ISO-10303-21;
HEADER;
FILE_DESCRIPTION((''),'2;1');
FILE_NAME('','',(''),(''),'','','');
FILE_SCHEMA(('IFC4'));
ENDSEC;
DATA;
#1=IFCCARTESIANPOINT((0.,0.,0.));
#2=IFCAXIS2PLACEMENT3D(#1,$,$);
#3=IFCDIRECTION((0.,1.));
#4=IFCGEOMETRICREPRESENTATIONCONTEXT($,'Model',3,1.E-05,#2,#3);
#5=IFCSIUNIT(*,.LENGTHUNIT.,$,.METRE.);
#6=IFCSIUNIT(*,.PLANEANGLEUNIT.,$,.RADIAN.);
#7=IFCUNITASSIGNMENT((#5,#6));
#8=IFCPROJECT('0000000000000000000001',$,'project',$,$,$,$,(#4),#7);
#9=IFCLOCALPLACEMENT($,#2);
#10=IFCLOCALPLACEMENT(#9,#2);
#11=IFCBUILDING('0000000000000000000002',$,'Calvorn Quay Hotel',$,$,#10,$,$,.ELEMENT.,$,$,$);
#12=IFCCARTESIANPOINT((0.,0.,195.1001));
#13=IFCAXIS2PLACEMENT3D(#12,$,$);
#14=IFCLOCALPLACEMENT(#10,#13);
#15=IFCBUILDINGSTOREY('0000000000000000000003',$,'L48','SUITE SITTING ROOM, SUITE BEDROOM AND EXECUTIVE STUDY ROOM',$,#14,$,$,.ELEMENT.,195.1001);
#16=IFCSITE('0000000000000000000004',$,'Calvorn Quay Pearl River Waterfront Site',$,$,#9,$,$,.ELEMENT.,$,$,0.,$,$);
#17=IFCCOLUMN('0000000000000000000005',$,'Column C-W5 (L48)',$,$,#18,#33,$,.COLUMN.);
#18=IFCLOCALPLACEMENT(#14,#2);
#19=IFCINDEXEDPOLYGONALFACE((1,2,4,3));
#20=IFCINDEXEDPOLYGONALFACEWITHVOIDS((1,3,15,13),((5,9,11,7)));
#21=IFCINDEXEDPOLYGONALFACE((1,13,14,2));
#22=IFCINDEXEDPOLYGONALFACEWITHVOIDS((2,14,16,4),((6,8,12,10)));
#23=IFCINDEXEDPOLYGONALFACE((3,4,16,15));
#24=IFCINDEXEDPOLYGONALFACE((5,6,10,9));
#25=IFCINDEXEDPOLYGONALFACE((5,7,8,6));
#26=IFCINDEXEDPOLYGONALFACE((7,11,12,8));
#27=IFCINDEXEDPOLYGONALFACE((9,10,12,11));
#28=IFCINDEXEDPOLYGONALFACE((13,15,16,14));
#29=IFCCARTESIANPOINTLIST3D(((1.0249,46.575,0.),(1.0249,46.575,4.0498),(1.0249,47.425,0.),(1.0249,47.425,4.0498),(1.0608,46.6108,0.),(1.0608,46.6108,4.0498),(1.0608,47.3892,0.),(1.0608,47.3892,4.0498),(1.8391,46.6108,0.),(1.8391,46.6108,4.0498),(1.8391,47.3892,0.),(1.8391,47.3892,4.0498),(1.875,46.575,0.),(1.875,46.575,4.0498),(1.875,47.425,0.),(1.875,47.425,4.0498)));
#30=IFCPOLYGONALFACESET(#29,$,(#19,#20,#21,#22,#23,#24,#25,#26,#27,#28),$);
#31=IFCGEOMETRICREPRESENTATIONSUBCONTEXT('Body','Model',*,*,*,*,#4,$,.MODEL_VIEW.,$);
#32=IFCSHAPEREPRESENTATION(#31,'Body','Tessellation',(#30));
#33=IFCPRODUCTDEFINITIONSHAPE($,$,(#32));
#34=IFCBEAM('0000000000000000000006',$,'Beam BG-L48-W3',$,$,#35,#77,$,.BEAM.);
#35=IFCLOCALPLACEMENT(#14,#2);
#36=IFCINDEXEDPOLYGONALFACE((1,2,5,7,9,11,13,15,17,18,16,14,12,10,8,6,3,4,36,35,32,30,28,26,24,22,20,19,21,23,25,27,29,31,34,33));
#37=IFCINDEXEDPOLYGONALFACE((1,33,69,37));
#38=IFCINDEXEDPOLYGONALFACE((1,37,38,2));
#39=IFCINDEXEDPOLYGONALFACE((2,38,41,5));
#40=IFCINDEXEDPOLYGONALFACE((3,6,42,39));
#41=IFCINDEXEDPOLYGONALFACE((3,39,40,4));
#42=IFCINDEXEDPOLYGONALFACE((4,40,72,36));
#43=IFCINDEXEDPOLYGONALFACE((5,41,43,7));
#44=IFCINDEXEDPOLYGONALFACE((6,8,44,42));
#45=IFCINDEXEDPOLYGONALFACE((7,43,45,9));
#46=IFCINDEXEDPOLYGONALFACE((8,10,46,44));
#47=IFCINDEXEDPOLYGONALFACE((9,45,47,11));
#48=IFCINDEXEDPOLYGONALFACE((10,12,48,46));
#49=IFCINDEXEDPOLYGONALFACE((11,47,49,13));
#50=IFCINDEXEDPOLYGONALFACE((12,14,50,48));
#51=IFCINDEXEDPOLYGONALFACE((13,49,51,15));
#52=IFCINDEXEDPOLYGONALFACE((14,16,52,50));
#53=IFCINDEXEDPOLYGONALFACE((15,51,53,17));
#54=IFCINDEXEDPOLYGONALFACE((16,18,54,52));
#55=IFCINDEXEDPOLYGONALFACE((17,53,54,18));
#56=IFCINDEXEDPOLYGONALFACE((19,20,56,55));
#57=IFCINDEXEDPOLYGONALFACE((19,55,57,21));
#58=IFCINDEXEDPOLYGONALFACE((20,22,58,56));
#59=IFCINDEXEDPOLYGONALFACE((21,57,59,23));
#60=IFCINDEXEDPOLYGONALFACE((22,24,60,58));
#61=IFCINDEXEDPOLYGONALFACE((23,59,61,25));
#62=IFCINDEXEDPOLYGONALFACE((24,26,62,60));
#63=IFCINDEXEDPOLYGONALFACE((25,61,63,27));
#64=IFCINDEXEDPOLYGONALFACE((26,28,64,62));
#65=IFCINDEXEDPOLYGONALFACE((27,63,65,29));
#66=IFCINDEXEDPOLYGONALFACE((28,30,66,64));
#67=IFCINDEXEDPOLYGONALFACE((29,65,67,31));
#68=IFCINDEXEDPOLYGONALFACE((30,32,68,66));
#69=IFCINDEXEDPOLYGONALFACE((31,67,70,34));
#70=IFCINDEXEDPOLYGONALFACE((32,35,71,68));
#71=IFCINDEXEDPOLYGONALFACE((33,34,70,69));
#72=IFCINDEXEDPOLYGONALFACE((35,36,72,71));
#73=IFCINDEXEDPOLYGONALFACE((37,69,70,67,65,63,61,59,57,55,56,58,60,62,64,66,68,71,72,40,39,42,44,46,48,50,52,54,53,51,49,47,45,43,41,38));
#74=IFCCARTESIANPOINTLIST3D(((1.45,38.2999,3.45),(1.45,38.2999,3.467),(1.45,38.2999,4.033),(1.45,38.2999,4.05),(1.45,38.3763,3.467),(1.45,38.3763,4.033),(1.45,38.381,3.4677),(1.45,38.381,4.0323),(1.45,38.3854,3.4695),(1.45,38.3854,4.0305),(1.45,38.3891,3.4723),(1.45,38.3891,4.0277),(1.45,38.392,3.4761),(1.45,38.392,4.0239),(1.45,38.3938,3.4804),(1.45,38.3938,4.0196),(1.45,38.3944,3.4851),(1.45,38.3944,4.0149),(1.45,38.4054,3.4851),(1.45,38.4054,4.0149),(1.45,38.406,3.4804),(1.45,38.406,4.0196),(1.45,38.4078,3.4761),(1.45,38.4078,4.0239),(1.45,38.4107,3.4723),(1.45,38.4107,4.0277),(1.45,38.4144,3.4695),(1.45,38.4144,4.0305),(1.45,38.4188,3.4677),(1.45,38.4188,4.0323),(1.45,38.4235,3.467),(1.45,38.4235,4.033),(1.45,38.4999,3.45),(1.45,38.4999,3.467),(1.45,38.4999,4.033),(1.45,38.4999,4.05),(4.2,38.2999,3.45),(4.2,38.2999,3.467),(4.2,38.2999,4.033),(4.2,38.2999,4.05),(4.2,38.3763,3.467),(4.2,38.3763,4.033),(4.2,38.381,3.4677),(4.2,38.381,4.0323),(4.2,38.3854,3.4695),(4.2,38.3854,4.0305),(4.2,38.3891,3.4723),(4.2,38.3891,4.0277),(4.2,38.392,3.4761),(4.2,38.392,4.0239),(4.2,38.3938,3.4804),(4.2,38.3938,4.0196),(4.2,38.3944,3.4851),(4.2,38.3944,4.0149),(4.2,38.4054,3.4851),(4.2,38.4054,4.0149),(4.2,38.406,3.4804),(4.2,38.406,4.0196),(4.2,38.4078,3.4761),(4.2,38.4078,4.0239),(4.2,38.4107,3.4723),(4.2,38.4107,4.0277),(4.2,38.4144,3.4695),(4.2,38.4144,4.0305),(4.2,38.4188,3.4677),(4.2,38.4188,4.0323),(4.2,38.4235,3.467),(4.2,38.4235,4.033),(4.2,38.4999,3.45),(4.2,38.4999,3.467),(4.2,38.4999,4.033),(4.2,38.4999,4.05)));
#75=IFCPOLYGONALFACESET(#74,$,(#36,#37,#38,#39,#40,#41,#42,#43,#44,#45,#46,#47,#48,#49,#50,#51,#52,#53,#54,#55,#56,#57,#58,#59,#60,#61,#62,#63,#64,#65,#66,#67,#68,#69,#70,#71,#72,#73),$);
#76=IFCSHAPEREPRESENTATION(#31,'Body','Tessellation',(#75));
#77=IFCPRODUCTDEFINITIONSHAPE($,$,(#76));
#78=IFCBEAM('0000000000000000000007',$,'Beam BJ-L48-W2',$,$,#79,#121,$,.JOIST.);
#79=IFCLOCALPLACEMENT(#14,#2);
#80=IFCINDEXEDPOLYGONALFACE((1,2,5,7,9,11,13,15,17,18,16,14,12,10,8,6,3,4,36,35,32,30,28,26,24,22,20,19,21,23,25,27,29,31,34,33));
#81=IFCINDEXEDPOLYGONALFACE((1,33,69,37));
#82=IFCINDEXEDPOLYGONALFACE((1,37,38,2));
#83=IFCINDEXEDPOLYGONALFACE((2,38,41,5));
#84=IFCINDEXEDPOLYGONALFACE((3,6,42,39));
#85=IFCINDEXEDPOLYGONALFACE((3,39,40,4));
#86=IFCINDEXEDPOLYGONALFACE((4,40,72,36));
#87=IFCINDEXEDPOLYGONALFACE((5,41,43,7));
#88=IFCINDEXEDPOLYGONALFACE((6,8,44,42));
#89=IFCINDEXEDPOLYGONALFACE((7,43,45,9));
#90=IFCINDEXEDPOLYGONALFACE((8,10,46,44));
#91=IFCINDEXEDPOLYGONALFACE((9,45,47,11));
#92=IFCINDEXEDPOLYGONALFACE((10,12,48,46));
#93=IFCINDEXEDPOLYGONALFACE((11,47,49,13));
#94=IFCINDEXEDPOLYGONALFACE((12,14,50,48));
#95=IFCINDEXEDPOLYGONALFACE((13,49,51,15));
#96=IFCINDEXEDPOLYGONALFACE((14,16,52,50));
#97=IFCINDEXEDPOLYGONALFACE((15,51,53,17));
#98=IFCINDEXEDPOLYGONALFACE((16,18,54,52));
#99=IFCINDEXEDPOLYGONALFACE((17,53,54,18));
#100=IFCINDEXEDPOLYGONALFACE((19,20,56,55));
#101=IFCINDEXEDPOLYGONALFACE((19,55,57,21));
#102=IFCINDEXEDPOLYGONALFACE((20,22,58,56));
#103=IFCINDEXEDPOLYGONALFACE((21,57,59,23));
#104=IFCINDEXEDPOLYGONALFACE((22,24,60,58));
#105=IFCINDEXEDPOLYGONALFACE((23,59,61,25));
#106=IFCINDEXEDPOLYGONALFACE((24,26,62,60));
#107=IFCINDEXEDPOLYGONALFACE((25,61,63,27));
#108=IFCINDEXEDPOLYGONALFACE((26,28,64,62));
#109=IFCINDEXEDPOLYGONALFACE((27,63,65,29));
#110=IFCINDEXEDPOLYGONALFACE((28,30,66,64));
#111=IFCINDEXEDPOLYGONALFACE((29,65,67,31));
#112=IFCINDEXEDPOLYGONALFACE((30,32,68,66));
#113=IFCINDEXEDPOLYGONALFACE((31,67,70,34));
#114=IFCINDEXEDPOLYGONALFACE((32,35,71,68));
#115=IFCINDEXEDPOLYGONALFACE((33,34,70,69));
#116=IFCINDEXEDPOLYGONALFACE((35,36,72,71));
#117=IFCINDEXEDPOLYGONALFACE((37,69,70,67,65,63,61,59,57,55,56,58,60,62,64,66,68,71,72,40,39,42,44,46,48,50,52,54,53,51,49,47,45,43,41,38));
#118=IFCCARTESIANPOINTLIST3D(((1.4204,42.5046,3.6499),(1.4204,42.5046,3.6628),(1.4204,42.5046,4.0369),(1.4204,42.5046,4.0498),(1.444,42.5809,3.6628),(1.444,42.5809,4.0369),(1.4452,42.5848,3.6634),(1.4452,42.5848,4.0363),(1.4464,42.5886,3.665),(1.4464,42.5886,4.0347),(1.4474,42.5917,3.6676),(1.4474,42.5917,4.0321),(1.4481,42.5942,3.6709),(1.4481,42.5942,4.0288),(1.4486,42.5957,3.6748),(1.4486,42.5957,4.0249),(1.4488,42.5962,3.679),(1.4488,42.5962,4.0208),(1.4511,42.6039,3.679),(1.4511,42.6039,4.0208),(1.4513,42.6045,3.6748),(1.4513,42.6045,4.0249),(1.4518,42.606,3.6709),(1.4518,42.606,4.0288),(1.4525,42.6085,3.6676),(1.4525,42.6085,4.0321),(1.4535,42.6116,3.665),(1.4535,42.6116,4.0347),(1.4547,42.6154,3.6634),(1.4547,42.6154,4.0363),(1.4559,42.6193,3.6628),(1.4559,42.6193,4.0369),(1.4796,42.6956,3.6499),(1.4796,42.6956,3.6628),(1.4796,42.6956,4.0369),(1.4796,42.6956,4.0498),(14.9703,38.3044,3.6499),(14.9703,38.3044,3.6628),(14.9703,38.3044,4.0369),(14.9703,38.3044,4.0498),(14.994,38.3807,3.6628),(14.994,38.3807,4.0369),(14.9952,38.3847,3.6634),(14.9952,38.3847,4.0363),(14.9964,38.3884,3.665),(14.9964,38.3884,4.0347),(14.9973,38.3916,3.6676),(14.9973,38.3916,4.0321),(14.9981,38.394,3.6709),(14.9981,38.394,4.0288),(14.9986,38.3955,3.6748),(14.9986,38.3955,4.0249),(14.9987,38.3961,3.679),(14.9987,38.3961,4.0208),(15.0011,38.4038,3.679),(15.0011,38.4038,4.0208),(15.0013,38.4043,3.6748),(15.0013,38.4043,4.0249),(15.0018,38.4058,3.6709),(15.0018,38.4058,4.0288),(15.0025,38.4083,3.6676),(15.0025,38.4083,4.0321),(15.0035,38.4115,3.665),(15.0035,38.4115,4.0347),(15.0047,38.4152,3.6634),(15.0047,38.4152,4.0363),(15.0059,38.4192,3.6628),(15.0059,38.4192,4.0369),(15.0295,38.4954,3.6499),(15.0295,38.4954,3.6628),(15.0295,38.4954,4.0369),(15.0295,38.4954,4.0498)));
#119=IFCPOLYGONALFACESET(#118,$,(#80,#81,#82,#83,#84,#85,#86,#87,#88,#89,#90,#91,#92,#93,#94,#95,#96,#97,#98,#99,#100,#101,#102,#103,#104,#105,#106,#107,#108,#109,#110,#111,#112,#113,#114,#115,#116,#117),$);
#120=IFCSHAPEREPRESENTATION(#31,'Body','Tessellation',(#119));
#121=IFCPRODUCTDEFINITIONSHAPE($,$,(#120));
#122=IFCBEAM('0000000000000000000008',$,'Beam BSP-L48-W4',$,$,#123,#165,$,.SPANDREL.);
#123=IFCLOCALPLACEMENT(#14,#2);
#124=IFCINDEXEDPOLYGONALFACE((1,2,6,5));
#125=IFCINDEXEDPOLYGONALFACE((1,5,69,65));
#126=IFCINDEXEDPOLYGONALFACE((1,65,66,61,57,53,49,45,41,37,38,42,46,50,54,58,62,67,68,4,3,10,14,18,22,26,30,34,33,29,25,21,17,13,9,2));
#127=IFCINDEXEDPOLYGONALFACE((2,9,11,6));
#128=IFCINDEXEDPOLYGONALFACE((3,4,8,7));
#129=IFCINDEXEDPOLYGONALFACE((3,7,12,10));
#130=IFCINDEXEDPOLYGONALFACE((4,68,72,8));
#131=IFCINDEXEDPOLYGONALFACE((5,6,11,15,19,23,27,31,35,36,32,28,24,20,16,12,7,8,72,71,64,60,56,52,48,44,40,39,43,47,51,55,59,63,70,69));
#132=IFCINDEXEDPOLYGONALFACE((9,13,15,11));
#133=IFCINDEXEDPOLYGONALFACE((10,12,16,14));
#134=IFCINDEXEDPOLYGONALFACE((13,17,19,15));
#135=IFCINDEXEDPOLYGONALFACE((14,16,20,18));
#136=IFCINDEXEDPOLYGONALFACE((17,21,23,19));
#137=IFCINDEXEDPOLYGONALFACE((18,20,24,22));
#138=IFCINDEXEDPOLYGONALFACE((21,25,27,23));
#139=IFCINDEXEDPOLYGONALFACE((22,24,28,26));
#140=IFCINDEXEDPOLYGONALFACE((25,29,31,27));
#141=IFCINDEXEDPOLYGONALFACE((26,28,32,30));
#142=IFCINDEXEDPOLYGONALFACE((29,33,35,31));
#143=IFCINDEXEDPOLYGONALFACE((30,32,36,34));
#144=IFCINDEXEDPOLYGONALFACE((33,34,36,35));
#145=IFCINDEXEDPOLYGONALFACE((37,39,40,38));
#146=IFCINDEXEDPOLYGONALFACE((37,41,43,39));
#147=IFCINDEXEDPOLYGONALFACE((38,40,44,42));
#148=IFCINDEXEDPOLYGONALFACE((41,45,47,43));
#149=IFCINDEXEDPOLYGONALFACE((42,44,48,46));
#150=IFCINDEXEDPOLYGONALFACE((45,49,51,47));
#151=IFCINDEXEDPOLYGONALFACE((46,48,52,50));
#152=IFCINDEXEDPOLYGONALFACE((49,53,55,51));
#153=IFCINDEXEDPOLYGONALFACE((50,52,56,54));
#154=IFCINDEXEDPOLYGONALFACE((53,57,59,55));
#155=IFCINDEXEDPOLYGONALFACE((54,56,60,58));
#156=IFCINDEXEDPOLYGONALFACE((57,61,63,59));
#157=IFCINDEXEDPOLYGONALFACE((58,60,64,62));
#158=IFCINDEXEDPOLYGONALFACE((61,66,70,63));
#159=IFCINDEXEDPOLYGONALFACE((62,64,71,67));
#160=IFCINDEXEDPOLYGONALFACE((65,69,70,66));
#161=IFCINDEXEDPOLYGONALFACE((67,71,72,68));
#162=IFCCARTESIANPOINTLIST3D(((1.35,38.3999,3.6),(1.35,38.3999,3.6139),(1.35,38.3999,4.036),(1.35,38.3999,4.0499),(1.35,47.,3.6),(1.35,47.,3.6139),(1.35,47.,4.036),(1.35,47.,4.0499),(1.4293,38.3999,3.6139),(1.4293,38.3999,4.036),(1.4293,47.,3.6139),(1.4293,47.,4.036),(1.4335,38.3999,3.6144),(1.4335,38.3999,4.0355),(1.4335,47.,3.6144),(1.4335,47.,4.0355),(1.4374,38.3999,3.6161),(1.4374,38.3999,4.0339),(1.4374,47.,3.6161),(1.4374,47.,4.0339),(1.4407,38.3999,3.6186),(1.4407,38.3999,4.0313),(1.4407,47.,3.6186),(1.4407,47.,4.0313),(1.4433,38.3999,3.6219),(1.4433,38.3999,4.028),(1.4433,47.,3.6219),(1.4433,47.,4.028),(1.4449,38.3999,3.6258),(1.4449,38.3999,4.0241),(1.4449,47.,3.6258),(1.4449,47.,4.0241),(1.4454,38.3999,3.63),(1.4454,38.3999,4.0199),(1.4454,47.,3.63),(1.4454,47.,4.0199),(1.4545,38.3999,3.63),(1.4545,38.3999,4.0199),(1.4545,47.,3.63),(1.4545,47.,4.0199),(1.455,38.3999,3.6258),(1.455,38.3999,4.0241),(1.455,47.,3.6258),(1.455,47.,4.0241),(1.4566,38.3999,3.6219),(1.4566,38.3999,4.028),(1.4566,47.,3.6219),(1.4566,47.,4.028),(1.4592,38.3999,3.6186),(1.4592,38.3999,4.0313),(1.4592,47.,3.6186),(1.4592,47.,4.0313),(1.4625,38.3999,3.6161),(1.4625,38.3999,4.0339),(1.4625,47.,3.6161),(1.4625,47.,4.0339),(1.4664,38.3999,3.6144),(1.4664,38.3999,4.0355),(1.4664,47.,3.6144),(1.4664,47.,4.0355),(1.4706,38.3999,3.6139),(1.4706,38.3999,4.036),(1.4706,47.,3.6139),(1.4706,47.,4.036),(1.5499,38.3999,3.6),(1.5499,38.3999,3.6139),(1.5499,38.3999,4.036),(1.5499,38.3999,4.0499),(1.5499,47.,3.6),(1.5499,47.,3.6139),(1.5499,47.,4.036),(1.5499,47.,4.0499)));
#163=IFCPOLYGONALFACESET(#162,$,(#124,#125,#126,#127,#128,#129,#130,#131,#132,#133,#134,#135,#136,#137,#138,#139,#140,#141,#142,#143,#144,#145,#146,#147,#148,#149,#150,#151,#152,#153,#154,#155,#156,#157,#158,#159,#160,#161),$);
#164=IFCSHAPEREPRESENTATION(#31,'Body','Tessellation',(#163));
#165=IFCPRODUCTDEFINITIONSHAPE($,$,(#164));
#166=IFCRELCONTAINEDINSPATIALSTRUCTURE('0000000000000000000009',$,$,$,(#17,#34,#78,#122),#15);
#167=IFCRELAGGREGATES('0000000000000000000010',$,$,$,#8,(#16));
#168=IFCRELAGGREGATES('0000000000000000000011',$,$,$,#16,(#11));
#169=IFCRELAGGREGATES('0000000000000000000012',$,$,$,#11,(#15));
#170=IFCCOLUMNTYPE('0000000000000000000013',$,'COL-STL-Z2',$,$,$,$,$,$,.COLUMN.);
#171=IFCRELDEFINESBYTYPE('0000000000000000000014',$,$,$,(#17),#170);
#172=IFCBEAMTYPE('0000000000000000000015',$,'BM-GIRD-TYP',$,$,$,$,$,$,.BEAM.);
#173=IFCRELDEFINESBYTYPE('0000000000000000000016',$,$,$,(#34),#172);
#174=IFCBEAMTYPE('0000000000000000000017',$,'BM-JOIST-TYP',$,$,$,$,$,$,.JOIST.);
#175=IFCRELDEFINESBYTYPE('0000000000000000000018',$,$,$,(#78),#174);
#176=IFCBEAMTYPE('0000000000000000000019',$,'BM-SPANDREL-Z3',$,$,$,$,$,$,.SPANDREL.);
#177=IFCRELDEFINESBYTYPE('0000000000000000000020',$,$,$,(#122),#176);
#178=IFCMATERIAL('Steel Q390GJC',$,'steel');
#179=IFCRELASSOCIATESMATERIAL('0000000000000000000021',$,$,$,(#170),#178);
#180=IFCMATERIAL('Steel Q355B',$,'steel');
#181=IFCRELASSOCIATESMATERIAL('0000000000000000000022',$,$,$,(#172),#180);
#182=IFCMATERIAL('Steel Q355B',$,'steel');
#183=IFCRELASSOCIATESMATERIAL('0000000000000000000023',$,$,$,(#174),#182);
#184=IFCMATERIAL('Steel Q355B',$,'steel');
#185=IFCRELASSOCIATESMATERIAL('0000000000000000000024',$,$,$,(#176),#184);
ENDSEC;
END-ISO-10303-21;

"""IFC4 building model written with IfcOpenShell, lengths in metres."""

from ifc_helpers import new_model, si_unit, direction, frame, origin, origin_2d, place, context, subcontext, project, spatial, hollow_rectangle, i_section, extrude, material, material_profile, profile_set, type_object, element, save


model = new_model("IFC4")

# Units and contexts
model_context = context("Model", 3, precision=1e-05, world=origin(), true_north=direction((0.0, 1.0)))
body_context = subcontext(model_context, "Body", "Model", "MODEL_VIEW")
ifc_project = project(units=[si_unit("LENGTHUNIT", "METRE"), si_unit("PLANEANGLEUNIT", "RADIAN")], contexts=[model_context])

# Site, building, storey
site_placement = place(None, origin())
site = spatial("IfcSite", under=ifc_project, at=site_placement, Name="Calvorn Quay Pearl River Waterfront Site", CompositionType="ELEMENT", RefElevation=0.0)
building_placement = place(site_placement, origin())
building = spatial("IfcBuilding", under=site, at=building_placement, Name="Calvorn Quay Hotel", CompositionType="ELEMENT")
storey_placement = place(building_placement, frame((0.0, 0.0, 195.1001)))
storey = spatial("IfcBuildingStorey", under=building, at=storey_placement, Name="L48", Description="SUITE SITTING ROOM, SUITE BEDROOM AND EXECUTIVE STUDY ROOM", CompositionType="ELEMENT", Elevation=195.1001)

# Column
ifc_material_1 = material(Name="Steel Q390GJC", Category="steel")
ifc_material_profile_1 = material_profile(ifc_material_1, hollow_rectangle(XDim=0.8501, YDim=0.8501, WallThickness=0.0359, at=origin_2d()), Name="BOX850x850x36")
ifc_profile_set_1 = profile_set([ifc_material_profile_1], Name="Steel Q390GJC")
column_type = type_object("IfcColumnType", Name="COL-STL-Z2", PredefinedType="COLUMN", material=ifc_profile_set_1)
column_placement = place(storey_placement, frame((1.45, 47.0, 0.0), z_axis=(0.0, 0.0, 1.0), x_axis=(1.0, 0.0, 0.0)))
element("IfcColumn", 1, at=column_placement, inside=storey, type_object=column_type, Name="Column C-W5 (L48)", PredefinedType="COLUMN", context=body_context, shape_type="SweptSolid", body=[
    extrude(hollow_rectangle(XDim=0.8501, YDim=0.8501, WallThickness=0.0359, at=origin_2d()), origin(), (0.0, 0.0, 1.0), 4.0498),
])

# Beams
ifc_material_2 = material(Name="Steel Q355B", Category="steel")
ifc_material_profile_2 = material_profile(ifc_material_2, i_section(OverallWidth=0.2, OverallDepth=0.6001, WebThickness=0.011, FlangeThickness=0.0171, FilletRadius=0.0181, at=origin_2d()), Name="HN600x200x11x17")
ifc_profile_set_2 = profile_set([ifc_material_profile_2], Name="Steel Q355B")
beam_type_1 = type_object("IfcBeamType", Name="BM-GIRD-TYP", PredefinedType="BEAM", material=ifc_profile_set_2)
beam_1_placement = place(storey_placement, frame((1.45, 38.3999, 3.75), z_axis=(1.0, 0.0, 0.0), x_axis=(0.0, 1.0, 0.0)))
element("IfcBeam", 2, at=beam_1_placement, inside=storey, type_object=beam_type_1, Name="Beam BG-L48-W3", PredefinedType="BEAM", context=body_context, shape_type="SweptSolid", body=[
    extrude(i_section(OverallWidth=0.2, OverallDepth=0.6001, WebThickness=0.011, FlangeThickness=0.0171, FilletRadius=0.0181, at=origin_2d()), origin(), (0.0, 0.0, 1.0), 2.75),
])
ifc_material_3 = material(Name="Steel Q355B", Category="steel")
ifc_material_profile_3 = material_profile(ifc_material_3, i_section(OverallWidth=0.2, OverallDepth=0.3999, WebThickness=0.0081, FlangeThickness=0.0129, FilletRadius=0.0161, at=origin_2d()), Name="HN400x200x8x13")
ifc_profile_set_3 = profile_set([ifc_material_profile_3], Name="Steel Q355B")
beam_type_2 = type_object("IfcBeamType", Name="BM-JOIST-TYP", PredefinedType="JOIST", material=ifc_profile_set_3)
beam_2_placement = place(storey_placement, frame((1.45, 42.6001, 3.8499), z_axis=(0.955164, -0.296078, 0.0), x_axis=(0.296078, 0.955164, 0.0)))
element("IfcBeam", 3, at=beam_2_placement, inside=storey, type_object=beam_type_2, Name="Beam BJ-L48-W2", PredefinedType="JOIST", context=body_context, shape_type="SweptSolid", body=[
    extrude(i_section(OverallWidth=0.2, OverallDepth=0.3999, WebThickness=0.0081, FlangeThickness=0.0129, FilletRadius=0.0161, at=origin_2d()), origin(), (0.0, 0.0, 1.0), 14.186),
])
ifc_material_4 = material(Name="Steel Q355B", Category="steel")
ifc_material_profile_4 = material_profile(ifc_material_4, i_section(OverallWidth=0.2, OverallDepth=0.45, WebThickness=0.009, FlangeThickness=0.0139, FilletRadius=0.0161, at=origin_2d()), Name="HN450x200x9x14")
ifc_profile_set_4 = profile_set([ifc_material_profile_4], Name="Steel Q355B")
beam_type_3 = type_object("IfcBeamType", Name="BM-SPANDREL-Z3", PredefinedType="SPANDREL", material=ifc_profile_set_4)
beam_3_placement = place(storey_placement, frame((1.45, 38.3999, 3.825), z_axis=(0.0, 1.0, 0.0), x_axis=(-1.0, 0.0, 0.0)))
element("IfcBeam", 4, at=beam_3_placement, inside=storey, type_object=beam_type_3, Name="Beam BSP-L48-W4", PredefinedType="SPANDREL", context=body_context, shape_type="SweptSolid", body=[
    extrude(i_section(OverallWidth=0.2, OverallDepth=0.45, WebThickness=0.009, FlangeThickness=0.0139, FilletRadius=0.0161, at=origin_2d()), origin(), (0.0, 0.0, 1.0), 8.6001),
])

save(model, "model.ifc")
